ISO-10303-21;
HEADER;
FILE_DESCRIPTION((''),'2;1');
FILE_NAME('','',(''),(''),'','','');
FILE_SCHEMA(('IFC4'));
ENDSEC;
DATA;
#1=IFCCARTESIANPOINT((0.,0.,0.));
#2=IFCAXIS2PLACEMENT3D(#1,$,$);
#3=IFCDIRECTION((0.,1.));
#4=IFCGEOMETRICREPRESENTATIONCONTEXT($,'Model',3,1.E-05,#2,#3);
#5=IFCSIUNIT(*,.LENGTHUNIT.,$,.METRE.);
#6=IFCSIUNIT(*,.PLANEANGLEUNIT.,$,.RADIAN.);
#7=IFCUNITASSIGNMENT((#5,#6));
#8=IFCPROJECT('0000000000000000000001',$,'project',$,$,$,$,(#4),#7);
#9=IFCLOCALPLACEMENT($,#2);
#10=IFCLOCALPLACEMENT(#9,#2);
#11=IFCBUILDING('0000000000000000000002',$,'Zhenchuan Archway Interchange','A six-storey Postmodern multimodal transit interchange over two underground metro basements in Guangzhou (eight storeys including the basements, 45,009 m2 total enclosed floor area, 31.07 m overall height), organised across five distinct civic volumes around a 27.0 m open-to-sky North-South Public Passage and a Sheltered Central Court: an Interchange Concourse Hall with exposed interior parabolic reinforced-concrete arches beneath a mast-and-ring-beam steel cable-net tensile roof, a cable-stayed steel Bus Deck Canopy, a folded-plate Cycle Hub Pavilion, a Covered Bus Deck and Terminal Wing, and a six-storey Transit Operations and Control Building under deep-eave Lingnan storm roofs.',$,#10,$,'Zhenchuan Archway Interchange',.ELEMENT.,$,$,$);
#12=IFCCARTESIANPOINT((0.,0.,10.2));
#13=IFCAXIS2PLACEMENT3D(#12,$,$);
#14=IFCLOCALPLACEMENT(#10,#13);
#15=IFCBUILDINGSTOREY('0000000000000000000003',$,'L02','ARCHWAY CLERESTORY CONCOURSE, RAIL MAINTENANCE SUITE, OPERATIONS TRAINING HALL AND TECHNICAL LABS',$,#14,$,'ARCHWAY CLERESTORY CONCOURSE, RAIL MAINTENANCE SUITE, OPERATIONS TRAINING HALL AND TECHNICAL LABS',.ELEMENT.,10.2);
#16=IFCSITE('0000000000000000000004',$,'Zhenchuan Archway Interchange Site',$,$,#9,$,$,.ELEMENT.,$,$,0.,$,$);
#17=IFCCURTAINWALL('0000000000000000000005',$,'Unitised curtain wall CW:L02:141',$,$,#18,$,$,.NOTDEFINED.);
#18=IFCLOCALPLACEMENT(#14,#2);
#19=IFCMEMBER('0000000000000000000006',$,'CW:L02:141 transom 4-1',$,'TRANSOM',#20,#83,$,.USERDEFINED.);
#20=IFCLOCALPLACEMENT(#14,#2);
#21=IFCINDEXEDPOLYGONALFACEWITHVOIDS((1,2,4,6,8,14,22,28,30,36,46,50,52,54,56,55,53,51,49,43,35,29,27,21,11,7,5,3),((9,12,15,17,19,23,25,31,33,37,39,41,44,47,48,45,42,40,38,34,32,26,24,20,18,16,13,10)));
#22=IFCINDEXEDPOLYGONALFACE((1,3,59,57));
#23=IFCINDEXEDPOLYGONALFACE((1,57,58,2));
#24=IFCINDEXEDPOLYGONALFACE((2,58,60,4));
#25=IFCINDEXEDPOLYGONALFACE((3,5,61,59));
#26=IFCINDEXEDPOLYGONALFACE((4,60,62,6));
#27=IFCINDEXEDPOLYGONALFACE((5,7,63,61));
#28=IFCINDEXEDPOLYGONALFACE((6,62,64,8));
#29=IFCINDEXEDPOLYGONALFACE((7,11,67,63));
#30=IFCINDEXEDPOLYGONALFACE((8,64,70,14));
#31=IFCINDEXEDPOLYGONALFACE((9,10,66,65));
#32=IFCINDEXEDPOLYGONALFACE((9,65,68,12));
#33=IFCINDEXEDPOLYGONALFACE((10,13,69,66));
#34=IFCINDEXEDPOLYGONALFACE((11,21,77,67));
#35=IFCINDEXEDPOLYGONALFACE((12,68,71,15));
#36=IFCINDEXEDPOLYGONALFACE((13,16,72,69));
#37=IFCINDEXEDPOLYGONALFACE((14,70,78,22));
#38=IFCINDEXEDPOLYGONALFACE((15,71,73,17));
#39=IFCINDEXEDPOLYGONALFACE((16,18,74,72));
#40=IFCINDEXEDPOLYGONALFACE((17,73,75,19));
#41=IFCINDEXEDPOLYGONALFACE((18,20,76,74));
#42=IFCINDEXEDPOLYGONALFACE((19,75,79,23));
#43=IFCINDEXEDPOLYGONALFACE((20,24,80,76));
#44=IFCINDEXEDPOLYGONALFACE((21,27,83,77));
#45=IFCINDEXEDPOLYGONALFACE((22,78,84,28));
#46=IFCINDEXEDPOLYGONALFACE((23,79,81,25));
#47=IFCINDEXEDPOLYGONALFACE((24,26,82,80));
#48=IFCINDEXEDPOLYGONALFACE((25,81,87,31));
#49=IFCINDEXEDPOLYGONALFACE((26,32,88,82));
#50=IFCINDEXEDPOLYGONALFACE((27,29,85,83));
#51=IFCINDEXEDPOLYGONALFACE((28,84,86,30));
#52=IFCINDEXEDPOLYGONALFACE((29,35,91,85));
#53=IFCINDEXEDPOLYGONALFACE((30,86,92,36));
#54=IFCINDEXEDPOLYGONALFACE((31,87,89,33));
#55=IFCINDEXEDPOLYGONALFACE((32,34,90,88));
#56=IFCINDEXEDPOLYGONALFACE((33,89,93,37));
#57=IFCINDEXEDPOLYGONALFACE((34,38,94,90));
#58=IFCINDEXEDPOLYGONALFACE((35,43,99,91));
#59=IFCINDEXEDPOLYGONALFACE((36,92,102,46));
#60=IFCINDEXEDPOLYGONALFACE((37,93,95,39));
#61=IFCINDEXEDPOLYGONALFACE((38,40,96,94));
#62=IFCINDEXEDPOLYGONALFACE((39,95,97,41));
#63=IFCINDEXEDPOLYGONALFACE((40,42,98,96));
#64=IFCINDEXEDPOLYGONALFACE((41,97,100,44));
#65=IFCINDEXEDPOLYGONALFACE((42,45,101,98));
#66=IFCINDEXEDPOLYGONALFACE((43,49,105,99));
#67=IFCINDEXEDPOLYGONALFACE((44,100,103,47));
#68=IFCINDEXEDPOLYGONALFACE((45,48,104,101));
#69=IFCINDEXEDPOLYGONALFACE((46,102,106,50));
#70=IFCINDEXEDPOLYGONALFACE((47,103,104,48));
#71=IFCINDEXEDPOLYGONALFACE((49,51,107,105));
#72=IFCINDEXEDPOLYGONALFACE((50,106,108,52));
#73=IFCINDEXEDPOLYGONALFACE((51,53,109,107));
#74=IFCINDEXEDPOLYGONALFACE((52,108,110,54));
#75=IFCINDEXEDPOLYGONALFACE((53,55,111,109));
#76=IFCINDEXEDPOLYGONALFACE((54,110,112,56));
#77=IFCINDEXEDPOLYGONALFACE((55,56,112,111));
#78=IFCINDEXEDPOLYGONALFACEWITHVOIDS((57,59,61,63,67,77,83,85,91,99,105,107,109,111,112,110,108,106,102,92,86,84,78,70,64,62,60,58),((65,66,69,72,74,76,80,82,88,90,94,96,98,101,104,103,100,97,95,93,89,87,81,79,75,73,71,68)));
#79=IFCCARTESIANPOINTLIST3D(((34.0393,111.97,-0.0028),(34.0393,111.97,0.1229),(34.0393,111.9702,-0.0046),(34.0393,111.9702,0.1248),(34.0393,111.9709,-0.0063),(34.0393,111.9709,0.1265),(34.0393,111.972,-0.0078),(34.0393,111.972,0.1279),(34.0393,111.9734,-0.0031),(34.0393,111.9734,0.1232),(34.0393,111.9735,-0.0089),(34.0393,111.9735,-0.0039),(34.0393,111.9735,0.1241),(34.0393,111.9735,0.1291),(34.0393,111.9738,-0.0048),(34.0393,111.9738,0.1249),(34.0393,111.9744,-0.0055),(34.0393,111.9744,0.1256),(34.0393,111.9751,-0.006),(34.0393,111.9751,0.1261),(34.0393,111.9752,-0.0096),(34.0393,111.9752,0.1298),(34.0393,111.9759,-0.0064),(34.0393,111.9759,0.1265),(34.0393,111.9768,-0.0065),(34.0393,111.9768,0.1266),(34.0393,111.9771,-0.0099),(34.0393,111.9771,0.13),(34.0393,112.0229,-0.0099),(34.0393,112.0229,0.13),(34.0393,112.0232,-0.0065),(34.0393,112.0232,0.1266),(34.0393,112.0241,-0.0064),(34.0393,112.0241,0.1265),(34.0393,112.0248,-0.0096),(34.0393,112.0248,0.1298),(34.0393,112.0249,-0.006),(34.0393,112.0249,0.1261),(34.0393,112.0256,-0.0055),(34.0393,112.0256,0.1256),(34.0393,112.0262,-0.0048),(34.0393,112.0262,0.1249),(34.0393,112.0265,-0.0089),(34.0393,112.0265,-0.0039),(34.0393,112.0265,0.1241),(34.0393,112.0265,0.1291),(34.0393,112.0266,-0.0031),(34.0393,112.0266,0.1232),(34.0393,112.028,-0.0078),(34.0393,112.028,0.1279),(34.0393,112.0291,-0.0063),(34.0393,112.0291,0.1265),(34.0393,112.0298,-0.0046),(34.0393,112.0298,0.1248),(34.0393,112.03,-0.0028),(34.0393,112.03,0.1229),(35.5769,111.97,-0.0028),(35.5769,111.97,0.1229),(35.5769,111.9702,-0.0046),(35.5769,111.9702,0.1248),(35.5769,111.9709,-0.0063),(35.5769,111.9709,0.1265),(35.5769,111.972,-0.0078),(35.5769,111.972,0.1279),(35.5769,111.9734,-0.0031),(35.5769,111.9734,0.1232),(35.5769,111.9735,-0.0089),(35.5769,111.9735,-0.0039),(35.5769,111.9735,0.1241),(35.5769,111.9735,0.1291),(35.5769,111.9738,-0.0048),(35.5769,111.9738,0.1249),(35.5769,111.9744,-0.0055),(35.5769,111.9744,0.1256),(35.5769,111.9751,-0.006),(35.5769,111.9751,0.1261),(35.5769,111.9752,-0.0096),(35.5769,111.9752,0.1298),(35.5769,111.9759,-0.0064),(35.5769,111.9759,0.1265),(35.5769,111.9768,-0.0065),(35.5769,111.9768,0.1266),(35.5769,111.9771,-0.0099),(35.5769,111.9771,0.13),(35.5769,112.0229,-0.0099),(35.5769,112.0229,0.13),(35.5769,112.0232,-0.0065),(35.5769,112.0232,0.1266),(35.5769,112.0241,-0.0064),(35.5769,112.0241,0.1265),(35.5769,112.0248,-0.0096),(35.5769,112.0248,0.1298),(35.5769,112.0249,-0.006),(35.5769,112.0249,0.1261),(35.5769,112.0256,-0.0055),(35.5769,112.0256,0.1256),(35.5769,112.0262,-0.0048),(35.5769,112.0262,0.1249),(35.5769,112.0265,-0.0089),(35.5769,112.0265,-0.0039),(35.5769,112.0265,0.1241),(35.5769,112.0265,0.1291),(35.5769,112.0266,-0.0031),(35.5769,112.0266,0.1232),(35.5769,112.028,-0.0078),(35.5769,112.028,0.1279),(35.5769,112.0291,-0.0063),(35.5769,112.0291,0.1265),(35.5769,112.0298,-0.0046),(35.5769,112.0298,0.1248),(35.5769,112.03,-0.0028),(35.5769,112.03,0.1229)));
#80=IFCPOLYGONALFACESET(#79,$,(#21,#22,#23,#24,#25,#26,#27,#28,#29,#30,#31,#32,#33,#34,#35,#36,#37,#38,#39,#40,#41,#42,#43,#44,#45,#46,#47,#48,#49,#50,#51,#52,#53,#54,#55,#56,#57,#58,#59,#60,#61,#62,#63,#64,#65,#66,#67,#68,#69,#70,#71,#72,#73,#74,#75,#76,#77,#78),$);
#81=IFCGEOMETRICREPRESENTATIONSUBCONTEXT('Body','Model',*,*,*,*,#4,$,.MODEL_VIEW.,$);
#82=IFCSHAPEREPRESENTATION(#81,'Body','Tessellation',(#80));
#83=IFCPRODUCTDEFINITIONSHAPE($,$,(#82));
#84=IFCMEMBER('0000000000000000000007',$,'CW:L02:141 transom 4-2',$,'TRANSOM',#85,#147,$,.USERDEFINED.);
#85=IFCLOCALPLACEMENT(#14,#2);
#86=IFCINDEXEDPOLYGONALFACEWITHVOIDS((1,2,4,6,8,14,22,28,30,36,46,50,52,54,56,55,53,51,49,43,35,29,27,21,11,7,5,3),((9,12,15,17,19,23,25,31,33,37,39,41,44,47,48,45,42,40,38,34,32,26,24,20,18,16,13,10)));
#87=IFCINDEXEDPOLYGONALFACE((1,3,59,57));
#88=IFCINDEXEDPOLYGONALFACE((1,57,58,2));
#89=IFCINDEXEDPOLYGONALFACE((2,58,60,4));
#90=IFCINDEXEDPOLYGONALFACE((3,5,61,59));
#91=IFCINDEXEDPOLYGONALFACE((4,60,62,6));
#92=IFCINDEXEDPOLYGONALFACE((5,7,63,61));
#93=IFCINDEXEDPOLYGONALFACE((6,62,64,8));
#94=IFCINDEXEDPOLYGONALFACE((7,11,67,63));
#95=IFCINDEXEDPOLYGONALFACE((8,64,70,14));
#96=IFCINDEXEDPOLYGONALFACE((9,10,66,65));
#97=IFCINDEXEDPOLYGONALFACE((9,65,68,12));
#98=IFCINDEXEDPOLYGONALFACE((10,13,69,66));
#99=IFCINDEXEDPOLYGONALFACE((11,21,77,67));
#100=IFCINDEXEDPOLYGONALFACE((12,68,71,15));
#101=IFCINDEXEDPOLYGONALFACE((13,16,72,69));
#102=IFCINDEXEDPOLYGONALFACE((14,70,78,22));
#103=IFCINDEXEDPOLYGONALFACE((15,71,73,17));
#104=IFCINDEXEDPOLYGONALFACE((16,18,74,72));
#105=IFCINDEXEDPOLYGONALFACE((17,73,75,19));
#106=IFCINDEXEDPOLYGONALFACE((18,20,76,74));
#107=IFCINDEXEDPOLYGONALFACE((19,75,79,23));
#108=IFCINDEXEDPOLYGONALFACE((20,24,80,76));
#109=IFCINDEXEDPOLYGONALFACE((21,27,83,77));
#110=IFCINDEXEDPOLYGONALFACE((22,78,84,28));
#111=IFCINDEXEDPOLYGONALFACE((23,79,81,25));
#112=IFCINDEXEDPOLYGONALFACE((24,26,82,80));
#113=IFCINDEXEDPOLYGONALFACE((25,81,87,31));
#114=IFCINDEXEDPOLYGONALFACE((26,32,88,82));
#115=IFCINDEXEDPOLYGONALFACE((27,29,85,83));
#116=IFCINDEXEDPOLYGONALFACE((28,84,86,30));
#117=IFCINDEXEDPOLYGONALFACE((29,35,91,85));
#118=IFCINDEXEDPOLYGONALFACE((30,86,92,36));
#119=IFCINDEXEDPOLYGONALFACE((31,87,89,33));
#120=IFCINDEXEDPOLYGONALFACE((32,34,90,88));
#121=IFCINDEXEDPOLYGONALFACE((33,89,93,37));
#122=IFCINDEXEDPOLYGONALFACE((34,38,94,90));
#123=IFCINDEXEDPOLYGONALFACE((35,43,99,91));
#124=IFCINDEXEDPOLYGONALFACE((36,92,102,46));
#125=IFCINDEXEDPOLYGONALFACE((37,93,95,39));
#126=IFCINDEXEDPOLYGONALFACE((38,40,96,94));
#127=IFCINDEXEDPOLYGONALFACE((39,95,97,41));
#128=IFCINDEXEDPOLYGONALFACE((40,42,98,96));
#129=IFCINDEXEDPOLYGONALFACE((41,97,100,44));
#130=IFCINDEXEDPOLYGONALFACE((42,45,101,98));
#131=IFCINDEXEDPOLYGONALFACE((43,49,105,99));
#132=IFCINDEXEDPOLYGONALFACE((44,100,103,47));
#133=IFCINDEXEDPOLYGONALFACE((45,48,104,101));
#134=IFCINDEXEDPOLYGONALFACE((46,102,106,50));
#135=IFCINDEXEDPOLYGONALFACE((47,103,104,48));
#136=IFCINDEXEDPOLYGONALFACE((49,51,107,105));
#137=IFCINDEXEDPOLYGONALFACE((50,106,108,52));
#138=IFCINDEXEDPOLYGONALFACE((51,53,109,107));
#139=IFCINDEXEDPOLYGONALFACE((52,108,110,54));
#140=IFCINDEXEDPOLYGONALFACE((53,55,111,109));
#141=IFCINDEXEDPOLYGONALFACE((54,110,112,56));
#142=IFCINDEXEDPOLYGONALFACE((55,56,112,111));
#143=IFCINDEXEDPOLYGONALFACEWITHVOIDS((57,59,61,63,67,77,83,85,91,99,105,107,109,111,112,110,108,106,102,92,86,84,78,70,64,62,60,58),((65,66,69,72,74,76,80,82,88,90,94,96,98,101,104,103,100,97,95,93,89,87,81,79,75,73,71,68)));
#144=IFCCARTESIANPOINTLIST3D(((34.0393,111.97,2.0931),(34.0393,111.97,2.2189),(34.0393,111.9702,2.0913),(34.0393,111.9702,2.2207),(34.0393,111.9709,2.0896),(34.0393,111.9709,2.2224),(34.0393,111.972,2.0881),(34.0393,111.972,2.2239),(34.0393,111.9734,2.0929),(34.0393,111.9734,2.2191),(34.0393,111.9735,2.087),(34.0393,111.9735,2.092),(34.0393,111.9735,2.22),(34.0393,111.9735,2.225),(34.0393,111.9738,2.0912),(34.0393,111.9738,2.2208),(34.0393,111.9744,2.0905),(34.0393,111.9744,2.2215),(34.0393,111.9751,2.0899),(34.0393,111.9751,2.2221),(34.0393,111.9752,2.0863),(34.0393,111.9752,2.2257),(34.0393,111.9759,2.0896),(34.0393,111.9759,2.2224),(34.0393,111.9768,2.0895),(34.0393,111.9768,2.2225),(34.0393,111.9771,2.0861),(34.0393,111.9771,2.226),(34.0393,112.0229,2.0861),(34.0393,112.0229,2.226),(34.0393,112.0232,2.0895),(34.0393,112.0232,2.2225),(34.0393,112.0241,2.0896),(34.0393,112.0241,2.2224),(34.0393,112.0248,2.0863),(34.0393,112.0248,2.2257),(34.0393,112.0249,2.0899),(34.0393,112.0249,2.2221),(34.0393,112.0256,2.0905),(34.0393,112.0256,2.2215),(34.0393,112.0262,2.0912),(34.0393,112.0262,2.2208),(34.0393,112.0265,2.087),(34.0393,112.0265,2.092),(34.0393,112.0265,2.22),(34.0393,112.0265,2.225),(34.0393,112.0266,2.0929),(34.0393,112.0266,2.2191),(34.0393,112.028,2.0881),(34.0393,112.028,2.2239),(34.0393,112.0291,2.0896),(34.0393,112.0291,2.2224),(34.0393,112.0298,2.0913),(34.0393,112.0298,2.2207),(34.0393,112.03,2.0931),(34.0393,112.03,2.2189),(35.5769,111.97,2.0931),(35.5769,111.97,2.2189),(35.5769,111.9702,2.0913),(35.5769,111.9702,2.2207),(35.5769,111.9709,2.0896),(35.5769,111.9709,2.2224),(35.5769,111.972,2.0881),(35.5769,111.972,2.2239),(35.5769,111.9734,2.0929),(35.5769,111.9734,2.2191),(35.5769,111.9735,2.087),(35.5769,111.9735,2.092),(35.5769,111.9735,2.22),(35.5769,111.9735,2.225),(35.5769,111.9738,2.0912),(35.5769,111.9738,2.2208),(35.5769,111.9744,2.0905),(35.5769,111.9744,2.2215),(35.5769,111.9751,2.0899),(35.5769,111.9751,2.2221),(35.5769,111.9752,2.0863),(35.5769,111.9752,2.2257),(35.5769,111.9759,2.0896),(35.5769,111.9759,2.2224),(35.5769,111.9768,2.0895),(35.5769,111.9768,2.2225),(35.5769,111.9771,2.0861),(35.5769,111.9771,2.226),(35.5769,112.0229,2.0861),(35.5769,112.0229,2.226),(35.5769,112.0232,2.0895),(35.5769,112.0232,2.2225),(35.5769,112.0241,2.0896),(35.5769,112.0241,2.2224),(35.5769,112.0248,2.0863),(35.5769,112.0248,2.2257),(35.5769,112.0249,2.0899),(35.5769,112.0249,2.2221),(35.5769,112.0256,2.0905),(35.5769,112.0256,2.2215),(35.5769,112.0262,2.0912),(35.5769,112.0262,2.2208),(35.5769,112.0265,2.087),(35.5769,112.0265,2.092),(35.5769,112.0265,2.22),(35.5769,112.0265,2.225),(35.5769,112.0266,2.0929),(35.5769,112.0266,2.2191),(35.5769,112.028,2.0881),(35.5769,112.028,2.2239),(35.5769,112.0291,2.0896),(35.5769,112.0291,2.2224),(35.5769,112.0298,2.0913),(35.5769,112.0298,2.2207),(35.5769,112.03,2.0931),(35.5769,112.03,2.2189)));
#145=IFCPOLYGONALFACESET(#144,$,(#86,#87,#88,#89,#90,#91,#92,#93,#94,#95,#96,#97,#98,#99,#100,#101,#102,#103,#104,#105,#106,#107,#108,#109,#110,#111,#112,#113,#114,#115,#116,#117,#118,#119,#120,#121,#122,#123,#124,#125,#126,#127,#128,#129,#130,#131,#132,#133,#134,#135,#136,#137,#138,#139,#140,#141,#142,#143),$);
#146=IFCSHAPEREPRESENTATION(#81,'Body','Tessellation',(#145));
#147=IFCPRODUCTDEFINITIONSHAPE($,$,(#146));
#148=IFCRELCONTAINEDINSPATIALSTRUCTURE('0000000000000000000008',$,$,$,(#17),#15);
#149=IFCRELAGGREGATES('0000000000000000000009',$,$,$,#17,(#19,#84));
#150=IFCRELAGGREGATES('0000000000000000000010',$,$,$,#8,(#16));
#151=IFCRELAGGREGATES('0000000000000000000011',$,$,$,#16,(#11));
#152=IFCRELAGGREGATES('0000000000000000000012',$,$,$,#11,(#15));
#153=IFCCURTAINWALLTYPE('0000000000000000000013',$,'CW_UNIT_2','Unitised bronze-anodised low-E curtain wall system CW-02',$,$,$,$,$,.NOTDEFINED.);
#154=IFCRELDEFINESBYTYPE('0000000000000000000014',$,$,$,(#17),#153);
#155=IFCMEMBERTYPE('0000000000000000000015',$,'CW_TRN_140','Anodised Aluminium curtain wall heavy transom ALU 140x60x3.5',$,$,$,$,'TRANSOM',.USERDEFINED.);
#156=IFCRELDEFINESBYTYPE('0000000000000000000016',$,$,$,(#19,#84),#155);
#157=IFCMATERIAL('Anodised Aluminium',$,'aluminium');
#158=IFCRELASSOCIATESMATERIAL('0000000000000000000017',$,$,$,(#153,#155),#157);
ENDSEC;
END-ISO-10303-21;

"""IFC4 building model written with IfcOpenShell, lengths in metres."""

from ifc_helpers import new_model, si_unit, direction, frame, origin, origin_2d, place, context, subcontext, project, spatial, hollow_rectangle, extrude, material, material_profile, profile_set, type_object, element, aggregate, save


model = new_model("IFC4")

# Units and contexts
model_context = context("Model", 3, precision=1e-05, world=origin(), true_north=direction((0.0, 1.0)))
body_context = subcontext(model_context, "Body", "Model", "MODEL_VIEW")
ifc_project = project(units=[si_unit("LENGTHUNIT", "METRE"), si_unit("PLANEANGLEUNIT", "RADIAN")], contexts=[model_context])

# Site, building, storey
site_placement = place(None, origin())
site = spatial("IfcSite", under=ifc_project, at=site_placement, Name="Zhenchuan Archway Interchange Site", CompositionType="ELEMENT", RefElevation=0.0)
building_placement = place(site_placement, origin())
building = spatial("IfcBuilding", under=site, at=building_placement, Name="Zhenchuan Archway Interchange", Description="A six-storey Postmodern multimodal transit interchange over two underground metro basements in Guangzhou (eight storeys including the basements, 45,009 m2 total enclosed floor area, 31.07 m overall height), organised across five distinct civic volumes around a 27.0 m open-to-sky North-South Public Passage and a Sheltered Central Court: an Interchange Concourse Hall with exposed interior parabolic reinforced-concrete arches beneath a mast-and-ring-beam steel cable-net tensile roof, a cable-stayed steel Bus Deck Canopy, a folded-plate Cycle Hub Pavilion, a Covered Bus Deck and Terminal Wing, and a six-storey Transit Operations and Control Building under deep-eave Lingnan storm roofs.", LongName="Zhenchuan Archway Interchange", CompositionType="ELEMENT")
storey_placement = place(building_placement, frame((0.0, 0.0, 10.2)))
storey = spatial("IfcBuildingStorey", under=building, at=storey_placement, Name="L02", Description="ARCHWAY CLERESTORY CONCOURSE, RAIL MAINTENANCE SUITE, OPERATIONS TRAINING HALL AND TECHNICAL LABS", LongName="ARCHWAY CLERESTORY CONCOURSE, RAIL MAINTENANCE SUITE, OPERATIONS TRAINING HALL AND TECHNICAL LABS", CompositionType="ELEMENT", Elevation=10.2)

# Curtain wall, members
ifc_material_1 = material(Name="Anodised Aluminium", Category="aluminium")
curtain_wall_type = type_object("IfcCurtainWallType", Name="CW_UNIT_2", Description="Unitised bronze-anodised low-E curtain wall system CW-02", PredefinedType="NOTDEFINED", material=ifc_material_1)
curtain_wall_placement = place(storey_placement, origin())
curtain_wall = element("IfcCurtainWall", 1, at=curtain_wall_placement, inside=storey, type_object=curtain_wall_type, Name="Unitised curtain wall CW:L02:141", PredefinedType="NOTDEFINED")
ifc_material_profile_1 = material_profile(ifc_material_1, hollow_rectangle(XDim=0.0601, YDim=0.1399, WallThickness=0.0034, InnerFilletRadius=0.0034, OuterFilletRadius=0.0071, at=origin_2d()), Name="ALU 140x60x3.5")
ifc_profile_set_1 = profile_set([ifc_material_profile_1], Name="Anodised Aluminium")
member_type_1 = type_object("IfcMemberType", Name="CW_TRN_140", Description="Anodised Aluminium curtain wall heavy transom ALU 140x60x3.5", ElementType="TRANSOM", PredefinedType="USERDEFINED", material=ifc_profile_set_1)
member_1_placement = place(storey_placement, frame((34.0393, 112.0, 0.0601), z_axis=(1.0, 0.0, 0.0), x_axis=(0.0, 1.0, 0.0)))
member_1 = element("IfcMember", 2, at=member_1_placement, type_object=member_type_1, Name="CW:L02:141 transom 4-1", ObjectType="TRANSOM", PredefinedType="USERDEFINED", context=body_context, shape_type="SweptSolid", body=[
    extrude(hollow_rectangle(XDim=0.0601, YDim=0.1399, WallThickness=0.0034, InnerFilletRadius=0.0034, OuterFilletRadius=0.0071, at=origin_2d()), origin(), (0.0, 0.0, 1.0), 1.5376),
])
member_2_placement = place(storey_placement, frame((34.0393, 112.0, 2.156), z_axis=(1.0, 0.0, 0.0), x_axis=(0.0, 1.0, 0.0)))
member_2 = element("IfcMember", 3, at=member_2_placement, type_object=member_type_1, Name="CW:L02:141 transom 4-2", ObjectType="TRANSOM", PredefinedType="USERDEFINED", context=body_context, shape_type="SweptSolid", body=[
    extrude(hollow_rectangle(XDim=0.0601, YDim=0.1399, WallThickness=0.0034, InnerFilletRadius=0.0034, OuterFilletRadius=0.0071, at=origin_2d()), origin(), (0.0, 0.0, 1.0), 1.5376),
])

aggregate(curtain_wall, [member_1, member_2])

save(model, "model.ifc")
